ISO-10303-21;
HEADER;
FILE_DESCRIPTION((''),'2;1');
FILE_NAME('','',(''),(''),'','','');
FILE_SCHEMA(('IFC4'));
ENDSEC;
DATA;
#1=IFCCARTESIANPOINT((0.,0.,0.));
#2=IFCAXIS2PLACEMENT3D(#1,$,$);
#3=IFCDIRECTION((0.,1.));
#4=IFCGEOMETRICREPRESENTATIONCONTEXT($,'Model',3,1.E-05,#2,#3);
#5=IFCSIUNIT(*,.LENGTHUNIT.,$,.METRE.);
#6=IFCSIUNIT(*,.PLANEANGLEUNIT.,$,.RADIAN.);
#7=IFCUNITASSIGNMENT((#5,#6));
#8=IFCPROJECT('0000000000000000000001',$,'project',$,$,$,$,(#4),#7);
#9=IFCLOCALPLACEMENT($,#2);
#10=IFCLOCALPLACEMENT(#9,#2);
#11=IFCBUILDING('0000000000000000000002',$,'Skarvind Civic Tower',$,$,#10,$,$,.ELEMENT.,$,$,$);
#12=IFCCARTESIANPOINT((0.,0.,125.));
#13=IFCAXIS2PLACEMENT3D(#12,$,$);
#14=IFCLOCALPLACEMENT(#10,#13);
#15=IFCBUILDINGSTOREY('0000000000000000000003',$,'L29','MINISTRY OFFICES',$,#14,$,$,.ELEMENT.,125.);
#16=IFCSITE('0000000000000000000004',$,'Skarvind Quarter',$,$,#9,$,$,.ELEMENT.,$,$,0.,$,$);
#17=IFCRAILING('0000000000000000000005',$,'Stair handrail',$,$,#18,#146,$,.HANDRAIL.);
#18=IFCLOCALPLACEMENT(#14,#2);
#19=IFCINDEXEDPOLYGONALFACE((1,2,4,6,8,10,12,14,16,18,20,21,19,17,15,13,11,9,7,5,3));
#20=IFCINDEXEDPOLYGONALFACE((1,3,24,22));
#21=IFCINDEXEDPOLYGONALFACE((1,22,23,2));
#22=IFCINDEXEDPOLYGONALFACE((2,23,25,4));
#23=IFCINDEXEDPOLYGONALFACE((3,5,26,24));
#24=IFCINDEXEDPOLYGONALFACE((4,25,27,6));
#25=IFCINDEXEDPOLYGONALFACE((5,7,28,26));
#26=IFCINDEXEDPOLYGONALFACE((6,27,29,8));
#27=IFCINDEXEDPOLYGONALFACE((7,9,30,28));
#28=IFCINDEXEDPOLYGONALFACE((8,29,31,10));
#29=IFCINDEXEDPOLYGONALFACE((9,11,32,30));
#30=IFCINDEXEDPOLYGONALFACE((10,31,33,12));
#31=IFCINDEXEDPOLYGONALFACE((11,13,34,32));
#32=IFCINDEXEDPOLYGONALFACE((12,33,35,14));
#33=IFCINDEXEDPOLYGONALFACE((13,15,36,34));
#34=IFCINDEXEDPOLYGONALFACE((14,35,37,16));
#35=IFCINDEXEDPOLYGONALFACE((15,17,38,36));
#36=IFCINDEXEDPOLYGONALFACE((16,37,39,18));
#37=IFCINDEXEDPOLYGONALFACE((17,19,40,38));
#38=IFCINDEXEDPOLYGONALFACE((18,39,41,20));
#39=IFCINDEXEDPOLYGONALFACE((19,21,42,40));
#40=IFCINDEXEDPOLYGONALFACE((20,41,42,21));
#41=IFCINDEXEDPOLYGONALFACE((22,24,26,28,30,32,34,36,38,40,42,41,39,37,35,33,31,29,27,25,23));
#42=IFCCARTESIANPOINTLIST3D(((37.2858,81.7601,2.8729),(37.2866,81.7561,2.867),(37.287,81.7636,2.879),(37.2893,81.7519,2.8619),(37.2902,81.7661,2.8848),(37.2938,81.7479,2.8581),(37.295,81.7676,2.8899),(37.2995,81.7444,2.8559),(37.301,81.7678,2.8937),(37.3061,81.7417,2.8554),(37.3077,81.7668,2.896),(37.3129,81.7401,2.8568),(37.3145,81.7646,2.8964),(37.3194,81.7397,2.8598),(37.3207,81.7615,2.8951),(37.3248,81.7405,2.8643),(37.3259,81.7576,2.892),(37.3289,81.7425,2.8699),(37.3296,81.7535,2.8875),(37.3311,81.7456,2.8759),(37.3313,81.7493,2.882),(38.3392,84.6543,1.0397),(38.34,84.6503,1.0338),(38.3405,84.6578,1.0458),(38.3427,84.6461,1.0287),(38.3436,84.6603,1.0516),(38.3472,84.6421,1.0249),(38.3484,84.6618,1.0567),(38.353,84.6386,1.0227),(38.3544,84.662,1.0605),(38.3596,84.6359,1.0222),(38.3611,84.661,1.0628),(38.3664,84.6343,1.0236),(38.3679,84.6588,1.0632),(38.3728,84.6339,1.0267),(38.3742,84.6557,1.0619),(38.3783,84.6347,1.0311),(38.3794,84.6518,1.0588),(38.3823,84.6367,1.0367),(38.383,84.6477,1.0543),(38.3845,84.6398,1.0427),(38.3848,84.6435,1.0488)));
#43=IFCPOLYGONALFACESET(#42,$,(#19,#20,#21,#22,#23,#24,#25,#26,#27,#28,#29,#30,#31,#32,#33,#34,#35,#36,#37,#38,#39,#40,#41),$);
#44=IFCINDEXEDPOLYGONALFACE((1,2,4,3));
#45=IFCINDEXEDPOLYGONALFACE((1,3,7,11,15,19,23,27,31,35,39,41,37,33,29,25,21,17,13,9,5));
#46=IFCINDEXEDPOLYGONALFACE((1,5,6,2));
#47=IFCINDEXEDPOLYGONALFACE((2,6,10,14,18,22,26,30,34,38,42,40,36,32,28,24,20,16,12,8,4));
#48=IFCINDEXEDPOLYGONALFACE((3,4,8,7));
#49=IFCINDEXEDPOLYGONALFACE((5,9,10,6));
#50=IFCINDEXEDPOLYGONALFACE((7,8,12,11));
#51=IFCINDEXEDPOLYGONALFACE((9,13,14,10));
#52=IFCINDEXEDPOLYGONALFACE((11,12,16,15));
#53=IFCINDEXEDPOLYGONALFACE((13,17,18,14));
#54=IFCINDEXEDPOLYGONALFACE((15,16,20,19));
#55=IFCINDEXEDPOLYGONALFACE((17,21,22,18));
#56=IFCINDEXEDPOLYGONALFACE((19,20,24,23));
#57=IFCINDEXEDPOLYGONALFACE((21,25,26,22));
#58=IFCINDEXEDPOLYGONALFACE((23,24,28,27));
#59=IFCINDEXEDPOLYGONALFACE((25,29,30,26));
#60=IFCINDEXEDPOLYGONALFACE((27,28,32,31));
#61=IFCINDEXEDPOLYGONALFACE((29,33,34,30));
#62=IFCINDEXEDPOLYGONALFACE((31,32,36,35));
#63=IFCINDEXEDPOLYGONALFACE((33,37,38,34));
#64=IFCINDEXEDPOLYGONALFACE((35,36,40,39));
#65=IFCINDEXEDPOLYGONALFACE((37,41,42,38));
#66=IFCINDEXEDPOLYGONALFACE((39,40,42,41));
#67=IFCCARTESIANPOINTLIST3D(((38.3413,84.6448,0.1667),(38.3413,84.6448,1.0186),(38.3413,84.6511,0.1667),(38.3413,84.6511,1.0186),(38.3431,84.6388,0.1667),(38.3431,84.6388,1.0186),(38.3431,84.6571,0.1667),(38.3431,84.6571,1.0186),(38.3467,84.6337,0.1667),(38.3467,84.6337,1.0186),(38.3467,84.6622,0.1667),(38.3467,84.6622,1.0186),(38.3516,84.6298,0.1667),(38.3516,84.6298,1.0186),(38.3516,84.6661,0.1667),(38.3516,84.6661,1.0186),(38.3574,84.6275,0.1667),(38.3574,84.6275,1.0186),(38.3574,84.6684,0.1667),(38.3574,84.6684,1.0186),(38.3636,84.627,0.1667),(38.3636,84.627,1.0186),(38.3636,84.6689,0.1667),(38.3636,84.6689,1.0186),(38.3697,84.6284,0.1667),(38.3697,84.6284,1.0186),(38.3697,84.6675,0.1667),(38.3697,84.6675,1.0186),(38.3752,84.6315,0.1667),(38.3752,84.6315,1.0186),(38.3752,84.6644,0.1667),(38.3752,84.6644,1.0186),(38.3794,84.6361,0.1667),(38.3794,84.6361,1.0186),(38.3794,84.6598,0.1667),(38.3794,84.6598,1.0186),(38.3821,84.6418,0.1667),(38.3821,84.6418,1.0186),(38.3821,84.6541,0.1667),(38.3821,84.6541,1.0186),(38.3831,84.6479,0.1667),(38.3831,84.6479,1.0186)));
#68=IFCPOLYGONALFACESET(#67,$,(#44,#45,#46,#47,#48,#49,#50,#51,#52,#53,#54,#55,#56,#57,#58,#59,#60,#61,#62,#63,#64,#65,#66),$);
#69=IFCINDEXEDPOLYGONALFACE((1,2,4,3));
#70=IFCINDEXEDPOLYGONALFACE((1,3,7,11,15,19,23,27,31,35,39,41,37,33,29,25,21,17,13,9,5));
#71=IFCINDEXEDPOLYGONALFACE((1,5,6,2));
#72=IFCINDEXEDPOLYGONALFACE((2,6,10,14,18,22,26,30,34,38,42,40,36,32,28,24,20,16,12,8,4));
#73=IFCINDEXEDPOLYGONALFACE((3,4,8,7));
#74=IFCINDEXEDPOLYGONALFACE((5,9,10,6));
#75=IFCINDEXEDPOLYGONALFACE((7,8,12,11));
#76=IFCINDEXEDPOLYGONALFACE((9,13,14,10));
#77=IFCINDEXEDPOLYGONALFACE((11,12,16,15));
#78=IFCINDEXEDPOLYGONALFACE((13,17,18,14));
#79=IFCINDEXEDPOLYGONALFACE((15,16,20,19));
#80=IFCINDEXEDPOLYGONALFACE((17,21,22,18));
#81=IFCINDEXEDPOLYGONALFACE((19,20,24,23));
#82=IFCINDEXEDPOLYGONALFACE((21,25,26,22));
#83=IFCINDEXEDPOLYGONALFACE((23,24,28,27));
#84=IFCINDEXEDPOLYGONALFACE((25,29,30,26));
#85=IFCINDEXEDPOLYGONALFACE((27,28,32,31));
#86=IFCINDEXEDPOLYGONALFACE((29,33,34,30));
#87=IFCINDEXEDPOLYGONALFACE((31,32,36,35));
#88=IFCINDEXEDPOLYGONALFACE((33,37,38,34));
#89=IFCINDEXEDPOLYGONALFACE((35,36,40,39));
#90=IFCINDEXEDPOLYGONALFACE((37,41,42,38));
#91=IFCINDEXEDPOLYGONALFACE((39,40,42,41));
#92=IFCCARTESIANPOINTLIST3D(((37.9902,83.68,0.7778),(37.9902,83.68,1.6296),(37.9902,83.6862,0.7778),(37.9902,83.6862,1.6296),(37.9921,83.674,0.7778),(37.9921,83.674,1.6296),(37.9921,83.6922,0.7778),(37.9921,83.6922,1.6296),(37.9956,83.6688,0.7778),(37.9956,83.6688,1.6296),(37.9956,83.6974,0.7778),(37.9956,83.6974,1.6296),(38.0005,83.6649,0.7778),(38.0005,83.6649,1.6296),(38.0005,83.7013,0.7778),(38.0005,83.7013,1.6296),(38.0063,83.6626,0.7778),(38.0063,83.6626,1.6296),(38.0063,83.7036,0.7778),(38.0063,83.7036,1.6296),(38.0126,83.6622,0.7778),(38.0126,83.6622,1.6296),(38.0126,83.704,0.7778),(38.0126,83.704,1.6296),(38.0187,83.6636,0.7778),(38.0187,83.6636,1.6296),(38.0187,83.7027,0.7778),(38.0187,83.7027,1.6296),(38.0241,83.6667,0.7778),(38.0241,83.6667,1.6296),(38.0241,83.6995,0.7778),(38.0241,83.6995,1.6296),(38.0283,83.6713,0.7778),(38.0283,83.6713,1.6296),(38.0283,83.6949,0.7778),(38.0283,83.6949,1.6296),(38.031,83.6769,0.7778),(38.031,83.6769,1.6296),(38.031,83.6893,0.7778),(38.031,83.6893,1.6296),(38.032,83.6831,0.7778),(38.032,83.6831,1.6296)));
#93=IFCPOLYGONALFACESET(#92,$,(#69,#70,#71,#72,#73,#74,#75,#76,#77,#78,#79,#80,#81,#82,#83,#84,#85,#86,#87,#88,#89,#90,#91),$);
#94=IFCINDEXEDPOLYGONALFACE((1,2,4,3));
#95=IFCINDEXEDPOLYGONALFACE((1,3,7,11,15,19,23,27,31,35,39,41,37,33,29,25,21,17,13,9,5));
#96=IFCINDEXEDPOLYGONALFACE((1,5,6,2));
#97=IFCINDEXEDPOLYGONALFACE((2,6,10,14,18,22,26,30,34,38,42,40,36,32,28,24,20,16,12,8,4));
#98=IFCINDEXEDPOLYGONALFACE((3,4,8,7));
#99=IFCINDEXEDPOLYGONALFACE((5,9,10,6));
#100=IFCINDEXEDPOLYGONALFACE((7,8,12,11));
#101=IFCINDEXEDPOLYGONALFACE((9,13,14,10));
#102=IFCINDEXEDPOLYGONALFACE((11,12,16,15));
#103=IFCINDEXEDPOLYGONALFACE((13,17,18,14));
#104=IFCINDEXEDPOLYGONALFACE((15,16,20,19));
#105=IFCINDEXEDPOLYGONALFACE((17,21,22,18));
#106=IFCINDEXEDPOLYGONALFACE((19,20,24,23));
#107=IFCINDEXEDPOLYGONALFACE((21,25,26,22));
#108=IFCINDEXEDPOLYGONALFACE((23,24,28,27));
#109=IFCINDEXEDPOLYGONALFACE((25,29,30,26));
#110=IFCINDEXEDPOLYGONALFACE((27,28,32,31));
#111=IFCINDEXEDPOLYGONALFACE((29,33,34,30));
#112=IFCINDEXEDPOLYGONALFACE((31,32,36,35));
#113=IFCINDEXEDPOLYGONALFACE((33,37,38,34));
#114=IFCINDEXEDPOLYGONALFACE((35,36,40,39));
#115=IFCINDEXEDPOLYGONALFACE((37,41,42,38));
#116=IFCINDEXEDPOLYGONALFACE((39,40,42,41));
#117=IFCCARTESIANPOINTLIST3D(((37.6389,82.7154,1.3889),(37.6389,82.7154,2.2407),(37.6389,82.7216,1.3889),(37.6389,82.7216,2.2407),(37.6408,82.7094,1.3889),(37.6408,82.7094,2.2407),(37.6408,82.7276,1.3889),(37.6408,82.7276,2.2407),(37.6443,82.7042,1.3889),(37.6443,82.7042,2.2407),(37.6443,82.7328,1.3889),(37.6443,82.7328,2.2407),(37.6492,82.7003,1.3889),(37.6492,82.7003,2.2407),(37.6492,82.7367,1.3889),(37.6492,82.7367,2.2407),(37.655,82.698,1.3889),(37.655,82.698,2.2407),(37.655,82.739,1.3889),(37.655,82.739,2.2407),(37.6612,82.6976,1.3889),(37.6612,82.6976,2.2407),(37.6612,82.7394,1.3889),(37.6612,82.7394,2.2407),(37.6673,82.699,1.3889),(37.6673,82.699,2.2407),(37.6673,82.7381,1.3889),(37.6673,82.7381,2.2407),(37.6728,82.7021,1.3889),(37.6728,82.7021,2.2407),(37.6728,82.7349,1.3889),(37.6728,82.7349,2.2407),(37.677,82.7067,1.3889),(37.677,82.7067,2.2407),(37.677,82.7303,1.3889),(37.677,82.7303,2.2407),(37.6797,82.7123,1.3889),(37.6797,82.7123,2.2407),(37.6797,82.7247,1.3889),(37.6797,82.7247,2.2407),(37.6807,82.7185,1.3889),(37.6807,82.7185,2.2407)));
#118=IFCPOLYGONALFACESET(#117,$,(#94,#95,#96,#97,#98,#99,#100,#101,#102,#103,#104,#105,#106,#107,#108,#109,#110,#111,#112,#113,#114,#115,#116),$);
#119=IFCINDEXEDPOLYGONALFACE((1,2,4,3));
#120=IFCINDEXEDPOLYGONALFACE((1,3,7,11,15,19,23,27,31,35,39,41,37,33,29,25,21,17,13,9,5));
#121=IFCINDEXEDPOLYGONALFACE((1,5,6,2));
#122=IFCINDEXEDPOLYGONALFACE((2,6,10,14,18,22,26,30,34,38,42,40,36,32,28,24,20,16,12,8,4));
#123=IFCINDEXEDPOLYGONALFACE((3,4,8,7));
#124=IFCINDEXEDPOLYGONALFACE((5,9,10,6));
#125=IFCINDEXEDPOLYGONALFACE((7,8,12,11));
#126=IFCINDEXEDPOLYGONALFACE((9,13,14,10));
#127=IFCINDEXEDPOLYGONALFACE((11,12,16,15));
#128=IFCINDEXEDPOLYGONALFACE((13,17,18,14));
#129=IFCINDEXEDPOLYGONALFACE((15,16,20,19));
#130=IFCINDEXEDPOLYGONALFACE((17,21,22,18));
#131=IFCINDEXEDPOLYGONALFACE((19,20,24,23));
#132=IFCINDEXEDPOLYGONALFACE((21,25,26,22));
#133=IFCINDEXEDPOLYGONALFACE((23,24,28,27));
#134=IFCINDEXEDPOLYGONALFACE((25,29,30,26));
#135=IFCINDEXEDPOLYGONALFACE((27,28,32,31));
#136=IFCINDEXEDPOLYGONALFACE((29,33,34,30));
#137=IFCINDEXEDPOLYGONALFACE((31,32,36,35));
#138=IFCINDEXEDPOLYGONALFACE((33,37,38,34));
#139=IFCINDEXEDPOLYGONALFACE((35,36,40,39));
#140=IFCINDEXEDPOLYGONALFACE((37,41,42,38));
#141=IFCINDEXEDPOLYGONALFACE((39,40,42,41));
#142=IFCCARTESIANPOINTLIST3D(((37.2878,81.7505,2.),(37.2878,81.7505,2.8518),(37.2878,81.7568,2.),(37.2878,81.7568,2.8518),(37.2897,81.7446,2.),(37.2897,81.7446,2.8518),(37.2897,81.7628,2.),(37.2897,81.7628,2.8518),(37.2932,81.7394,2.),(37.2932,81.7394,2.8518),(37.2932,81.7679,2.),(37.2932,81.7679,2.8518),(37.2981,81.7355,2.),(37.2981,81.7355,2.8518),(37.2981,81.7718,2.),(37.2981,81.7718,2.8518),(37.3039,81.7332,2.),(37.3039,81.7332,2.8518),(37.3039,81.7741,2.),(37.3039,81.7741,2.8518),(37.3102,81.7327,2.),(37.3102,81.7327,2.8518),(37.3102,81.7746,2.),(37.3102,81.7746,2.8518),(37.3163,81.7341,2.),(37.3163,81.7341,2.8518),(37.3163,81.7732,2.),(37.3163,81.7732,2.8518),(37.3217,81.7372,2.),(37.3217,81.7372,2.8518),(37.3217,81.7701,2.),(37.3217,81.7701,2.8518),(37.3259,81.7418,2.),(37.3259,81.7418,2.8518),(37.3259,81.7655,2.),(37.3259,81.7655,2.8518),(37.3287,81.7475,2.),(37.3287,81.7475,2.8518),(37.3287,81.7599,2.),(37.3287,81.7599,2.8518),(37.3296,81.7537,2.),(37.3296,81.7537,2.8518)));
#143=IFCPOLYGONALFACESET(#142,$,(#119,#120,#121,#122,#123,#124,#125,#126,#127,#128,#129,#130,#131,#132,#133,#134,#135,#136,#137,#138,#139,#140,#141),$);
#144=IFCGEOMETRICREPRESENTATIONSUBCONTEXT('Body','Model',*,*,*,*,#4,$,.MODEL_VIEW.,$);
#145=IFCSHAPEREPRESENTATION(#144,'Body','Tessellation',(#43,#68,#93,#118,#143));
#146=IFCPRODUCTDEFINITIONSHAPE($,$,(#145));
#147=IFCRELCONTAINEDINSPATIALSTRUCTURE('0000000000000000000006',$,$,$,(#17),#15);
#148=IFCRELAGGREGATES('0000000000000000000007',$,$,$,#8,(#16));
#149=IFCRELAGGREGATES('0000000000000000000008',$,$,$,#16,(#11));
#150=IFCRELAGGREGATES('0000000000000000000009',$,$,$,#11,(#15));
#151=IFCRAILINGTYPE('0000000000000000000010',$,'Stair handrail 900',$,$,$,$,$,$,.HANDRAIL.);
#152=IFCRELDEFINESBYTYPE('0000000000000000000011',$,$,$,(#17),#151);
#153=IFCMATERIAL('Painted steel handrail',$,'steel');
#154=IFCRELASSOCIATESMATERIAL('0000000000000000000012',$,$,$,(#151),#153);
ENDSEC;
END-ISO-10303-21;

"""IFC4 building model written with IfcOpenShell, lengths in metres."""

from ifc_helpers import new_model, si_unit, direction, frame, origin, origin_2d, place, context, subcontext, project, spatial, circle, extrude, material, type_object, element, save


model = new_model("IFC4")

# Units and contexts
model_context = context("Model", 3, precision=1e-05, world=origin(), true_north=direction((0.0, 1.0)))
body_context = subcontext(model_context, "Body", "Model", "MODEL_VIEW")
ifc_project = project(units=[si_unit("LENGTHUNIT", "METRE"), si_unit("PLANEANGLEUNIT", "RADIAN")], contexts=[model_context])

# Site, building, storey
site_placement = place(None, origin())
site = spatial("IfcSite", under=ifc_project, at=site_placement, Name="Skarvind Quarter", CompositionType="ELEMENT", RefElevation=0.0)
building_placement = place(site_placement, origin())
building = spatial("IfcBuilding", under=site, at=building_placement, Name="Skarvind Civic Tower", CompositionType="ELEMENT")
storey_placement = place(building_placement, frame((0.0, 0.0, 125.0)))
storey = spatial("IfcBuildingStorey", under=building, at=storey_placement, Name="L29", Description="MINISTRY OFFICES", CompositionType="ELEMENT", Elevation=125.0)

# Railing
ifc_material_1 = material(Name="Painted steel handrail", Category="steel")
railing_type = type_object("IfcRailingType", Name="Stair handrail 900", PredefinedType="HANDRAIL", material=ifc_material_1)
railing_1_placement = place(storey_placement, frame((38.3621, 84.6479, 0.1667)))
element("IfcRailing", 1, at=railing_1_placement, inside=storey, type_object=railing_type, Name="Stair handrail", PredefinedType="HANDRAIL", context=body_context, shape_type="SweptSolid", body=[
    extrude(circle(Radius=0.0239, at=origin_2d()), frame((0.0, 0.0, 0.876), z_axis=(-0.293908, -0.807481, 0.511461), x_axis=(0.939689, -0.342029, 0.0)), (0.0, 0.0, 1.0), 3.5842),
    extrude(circle(Radius=0.021, at=origin_2d()), origin(), (0.0, 0.0, 1.0), 0.8518),
    extrude(circle(Radius=0.021, at=origin_2d()), frame((-0.3511, -0.9648, 0.6111)), (0.0, 0.0, 1.0), 0.8518),
    extrude(circle(Radius=0.021, at=origin_2d()), frame((-0.7024, -1.9294, 1.2222)), (0.0, 0.0, 1.0), 0.8518),
    extrude(circle(Radius=0.021, at=origin_2d()), frame((-1.0535, -2.8943, 1.8333)), (0.0, 0.0, 1.0), 0.8518),
])

save(model, "model.ifc")
